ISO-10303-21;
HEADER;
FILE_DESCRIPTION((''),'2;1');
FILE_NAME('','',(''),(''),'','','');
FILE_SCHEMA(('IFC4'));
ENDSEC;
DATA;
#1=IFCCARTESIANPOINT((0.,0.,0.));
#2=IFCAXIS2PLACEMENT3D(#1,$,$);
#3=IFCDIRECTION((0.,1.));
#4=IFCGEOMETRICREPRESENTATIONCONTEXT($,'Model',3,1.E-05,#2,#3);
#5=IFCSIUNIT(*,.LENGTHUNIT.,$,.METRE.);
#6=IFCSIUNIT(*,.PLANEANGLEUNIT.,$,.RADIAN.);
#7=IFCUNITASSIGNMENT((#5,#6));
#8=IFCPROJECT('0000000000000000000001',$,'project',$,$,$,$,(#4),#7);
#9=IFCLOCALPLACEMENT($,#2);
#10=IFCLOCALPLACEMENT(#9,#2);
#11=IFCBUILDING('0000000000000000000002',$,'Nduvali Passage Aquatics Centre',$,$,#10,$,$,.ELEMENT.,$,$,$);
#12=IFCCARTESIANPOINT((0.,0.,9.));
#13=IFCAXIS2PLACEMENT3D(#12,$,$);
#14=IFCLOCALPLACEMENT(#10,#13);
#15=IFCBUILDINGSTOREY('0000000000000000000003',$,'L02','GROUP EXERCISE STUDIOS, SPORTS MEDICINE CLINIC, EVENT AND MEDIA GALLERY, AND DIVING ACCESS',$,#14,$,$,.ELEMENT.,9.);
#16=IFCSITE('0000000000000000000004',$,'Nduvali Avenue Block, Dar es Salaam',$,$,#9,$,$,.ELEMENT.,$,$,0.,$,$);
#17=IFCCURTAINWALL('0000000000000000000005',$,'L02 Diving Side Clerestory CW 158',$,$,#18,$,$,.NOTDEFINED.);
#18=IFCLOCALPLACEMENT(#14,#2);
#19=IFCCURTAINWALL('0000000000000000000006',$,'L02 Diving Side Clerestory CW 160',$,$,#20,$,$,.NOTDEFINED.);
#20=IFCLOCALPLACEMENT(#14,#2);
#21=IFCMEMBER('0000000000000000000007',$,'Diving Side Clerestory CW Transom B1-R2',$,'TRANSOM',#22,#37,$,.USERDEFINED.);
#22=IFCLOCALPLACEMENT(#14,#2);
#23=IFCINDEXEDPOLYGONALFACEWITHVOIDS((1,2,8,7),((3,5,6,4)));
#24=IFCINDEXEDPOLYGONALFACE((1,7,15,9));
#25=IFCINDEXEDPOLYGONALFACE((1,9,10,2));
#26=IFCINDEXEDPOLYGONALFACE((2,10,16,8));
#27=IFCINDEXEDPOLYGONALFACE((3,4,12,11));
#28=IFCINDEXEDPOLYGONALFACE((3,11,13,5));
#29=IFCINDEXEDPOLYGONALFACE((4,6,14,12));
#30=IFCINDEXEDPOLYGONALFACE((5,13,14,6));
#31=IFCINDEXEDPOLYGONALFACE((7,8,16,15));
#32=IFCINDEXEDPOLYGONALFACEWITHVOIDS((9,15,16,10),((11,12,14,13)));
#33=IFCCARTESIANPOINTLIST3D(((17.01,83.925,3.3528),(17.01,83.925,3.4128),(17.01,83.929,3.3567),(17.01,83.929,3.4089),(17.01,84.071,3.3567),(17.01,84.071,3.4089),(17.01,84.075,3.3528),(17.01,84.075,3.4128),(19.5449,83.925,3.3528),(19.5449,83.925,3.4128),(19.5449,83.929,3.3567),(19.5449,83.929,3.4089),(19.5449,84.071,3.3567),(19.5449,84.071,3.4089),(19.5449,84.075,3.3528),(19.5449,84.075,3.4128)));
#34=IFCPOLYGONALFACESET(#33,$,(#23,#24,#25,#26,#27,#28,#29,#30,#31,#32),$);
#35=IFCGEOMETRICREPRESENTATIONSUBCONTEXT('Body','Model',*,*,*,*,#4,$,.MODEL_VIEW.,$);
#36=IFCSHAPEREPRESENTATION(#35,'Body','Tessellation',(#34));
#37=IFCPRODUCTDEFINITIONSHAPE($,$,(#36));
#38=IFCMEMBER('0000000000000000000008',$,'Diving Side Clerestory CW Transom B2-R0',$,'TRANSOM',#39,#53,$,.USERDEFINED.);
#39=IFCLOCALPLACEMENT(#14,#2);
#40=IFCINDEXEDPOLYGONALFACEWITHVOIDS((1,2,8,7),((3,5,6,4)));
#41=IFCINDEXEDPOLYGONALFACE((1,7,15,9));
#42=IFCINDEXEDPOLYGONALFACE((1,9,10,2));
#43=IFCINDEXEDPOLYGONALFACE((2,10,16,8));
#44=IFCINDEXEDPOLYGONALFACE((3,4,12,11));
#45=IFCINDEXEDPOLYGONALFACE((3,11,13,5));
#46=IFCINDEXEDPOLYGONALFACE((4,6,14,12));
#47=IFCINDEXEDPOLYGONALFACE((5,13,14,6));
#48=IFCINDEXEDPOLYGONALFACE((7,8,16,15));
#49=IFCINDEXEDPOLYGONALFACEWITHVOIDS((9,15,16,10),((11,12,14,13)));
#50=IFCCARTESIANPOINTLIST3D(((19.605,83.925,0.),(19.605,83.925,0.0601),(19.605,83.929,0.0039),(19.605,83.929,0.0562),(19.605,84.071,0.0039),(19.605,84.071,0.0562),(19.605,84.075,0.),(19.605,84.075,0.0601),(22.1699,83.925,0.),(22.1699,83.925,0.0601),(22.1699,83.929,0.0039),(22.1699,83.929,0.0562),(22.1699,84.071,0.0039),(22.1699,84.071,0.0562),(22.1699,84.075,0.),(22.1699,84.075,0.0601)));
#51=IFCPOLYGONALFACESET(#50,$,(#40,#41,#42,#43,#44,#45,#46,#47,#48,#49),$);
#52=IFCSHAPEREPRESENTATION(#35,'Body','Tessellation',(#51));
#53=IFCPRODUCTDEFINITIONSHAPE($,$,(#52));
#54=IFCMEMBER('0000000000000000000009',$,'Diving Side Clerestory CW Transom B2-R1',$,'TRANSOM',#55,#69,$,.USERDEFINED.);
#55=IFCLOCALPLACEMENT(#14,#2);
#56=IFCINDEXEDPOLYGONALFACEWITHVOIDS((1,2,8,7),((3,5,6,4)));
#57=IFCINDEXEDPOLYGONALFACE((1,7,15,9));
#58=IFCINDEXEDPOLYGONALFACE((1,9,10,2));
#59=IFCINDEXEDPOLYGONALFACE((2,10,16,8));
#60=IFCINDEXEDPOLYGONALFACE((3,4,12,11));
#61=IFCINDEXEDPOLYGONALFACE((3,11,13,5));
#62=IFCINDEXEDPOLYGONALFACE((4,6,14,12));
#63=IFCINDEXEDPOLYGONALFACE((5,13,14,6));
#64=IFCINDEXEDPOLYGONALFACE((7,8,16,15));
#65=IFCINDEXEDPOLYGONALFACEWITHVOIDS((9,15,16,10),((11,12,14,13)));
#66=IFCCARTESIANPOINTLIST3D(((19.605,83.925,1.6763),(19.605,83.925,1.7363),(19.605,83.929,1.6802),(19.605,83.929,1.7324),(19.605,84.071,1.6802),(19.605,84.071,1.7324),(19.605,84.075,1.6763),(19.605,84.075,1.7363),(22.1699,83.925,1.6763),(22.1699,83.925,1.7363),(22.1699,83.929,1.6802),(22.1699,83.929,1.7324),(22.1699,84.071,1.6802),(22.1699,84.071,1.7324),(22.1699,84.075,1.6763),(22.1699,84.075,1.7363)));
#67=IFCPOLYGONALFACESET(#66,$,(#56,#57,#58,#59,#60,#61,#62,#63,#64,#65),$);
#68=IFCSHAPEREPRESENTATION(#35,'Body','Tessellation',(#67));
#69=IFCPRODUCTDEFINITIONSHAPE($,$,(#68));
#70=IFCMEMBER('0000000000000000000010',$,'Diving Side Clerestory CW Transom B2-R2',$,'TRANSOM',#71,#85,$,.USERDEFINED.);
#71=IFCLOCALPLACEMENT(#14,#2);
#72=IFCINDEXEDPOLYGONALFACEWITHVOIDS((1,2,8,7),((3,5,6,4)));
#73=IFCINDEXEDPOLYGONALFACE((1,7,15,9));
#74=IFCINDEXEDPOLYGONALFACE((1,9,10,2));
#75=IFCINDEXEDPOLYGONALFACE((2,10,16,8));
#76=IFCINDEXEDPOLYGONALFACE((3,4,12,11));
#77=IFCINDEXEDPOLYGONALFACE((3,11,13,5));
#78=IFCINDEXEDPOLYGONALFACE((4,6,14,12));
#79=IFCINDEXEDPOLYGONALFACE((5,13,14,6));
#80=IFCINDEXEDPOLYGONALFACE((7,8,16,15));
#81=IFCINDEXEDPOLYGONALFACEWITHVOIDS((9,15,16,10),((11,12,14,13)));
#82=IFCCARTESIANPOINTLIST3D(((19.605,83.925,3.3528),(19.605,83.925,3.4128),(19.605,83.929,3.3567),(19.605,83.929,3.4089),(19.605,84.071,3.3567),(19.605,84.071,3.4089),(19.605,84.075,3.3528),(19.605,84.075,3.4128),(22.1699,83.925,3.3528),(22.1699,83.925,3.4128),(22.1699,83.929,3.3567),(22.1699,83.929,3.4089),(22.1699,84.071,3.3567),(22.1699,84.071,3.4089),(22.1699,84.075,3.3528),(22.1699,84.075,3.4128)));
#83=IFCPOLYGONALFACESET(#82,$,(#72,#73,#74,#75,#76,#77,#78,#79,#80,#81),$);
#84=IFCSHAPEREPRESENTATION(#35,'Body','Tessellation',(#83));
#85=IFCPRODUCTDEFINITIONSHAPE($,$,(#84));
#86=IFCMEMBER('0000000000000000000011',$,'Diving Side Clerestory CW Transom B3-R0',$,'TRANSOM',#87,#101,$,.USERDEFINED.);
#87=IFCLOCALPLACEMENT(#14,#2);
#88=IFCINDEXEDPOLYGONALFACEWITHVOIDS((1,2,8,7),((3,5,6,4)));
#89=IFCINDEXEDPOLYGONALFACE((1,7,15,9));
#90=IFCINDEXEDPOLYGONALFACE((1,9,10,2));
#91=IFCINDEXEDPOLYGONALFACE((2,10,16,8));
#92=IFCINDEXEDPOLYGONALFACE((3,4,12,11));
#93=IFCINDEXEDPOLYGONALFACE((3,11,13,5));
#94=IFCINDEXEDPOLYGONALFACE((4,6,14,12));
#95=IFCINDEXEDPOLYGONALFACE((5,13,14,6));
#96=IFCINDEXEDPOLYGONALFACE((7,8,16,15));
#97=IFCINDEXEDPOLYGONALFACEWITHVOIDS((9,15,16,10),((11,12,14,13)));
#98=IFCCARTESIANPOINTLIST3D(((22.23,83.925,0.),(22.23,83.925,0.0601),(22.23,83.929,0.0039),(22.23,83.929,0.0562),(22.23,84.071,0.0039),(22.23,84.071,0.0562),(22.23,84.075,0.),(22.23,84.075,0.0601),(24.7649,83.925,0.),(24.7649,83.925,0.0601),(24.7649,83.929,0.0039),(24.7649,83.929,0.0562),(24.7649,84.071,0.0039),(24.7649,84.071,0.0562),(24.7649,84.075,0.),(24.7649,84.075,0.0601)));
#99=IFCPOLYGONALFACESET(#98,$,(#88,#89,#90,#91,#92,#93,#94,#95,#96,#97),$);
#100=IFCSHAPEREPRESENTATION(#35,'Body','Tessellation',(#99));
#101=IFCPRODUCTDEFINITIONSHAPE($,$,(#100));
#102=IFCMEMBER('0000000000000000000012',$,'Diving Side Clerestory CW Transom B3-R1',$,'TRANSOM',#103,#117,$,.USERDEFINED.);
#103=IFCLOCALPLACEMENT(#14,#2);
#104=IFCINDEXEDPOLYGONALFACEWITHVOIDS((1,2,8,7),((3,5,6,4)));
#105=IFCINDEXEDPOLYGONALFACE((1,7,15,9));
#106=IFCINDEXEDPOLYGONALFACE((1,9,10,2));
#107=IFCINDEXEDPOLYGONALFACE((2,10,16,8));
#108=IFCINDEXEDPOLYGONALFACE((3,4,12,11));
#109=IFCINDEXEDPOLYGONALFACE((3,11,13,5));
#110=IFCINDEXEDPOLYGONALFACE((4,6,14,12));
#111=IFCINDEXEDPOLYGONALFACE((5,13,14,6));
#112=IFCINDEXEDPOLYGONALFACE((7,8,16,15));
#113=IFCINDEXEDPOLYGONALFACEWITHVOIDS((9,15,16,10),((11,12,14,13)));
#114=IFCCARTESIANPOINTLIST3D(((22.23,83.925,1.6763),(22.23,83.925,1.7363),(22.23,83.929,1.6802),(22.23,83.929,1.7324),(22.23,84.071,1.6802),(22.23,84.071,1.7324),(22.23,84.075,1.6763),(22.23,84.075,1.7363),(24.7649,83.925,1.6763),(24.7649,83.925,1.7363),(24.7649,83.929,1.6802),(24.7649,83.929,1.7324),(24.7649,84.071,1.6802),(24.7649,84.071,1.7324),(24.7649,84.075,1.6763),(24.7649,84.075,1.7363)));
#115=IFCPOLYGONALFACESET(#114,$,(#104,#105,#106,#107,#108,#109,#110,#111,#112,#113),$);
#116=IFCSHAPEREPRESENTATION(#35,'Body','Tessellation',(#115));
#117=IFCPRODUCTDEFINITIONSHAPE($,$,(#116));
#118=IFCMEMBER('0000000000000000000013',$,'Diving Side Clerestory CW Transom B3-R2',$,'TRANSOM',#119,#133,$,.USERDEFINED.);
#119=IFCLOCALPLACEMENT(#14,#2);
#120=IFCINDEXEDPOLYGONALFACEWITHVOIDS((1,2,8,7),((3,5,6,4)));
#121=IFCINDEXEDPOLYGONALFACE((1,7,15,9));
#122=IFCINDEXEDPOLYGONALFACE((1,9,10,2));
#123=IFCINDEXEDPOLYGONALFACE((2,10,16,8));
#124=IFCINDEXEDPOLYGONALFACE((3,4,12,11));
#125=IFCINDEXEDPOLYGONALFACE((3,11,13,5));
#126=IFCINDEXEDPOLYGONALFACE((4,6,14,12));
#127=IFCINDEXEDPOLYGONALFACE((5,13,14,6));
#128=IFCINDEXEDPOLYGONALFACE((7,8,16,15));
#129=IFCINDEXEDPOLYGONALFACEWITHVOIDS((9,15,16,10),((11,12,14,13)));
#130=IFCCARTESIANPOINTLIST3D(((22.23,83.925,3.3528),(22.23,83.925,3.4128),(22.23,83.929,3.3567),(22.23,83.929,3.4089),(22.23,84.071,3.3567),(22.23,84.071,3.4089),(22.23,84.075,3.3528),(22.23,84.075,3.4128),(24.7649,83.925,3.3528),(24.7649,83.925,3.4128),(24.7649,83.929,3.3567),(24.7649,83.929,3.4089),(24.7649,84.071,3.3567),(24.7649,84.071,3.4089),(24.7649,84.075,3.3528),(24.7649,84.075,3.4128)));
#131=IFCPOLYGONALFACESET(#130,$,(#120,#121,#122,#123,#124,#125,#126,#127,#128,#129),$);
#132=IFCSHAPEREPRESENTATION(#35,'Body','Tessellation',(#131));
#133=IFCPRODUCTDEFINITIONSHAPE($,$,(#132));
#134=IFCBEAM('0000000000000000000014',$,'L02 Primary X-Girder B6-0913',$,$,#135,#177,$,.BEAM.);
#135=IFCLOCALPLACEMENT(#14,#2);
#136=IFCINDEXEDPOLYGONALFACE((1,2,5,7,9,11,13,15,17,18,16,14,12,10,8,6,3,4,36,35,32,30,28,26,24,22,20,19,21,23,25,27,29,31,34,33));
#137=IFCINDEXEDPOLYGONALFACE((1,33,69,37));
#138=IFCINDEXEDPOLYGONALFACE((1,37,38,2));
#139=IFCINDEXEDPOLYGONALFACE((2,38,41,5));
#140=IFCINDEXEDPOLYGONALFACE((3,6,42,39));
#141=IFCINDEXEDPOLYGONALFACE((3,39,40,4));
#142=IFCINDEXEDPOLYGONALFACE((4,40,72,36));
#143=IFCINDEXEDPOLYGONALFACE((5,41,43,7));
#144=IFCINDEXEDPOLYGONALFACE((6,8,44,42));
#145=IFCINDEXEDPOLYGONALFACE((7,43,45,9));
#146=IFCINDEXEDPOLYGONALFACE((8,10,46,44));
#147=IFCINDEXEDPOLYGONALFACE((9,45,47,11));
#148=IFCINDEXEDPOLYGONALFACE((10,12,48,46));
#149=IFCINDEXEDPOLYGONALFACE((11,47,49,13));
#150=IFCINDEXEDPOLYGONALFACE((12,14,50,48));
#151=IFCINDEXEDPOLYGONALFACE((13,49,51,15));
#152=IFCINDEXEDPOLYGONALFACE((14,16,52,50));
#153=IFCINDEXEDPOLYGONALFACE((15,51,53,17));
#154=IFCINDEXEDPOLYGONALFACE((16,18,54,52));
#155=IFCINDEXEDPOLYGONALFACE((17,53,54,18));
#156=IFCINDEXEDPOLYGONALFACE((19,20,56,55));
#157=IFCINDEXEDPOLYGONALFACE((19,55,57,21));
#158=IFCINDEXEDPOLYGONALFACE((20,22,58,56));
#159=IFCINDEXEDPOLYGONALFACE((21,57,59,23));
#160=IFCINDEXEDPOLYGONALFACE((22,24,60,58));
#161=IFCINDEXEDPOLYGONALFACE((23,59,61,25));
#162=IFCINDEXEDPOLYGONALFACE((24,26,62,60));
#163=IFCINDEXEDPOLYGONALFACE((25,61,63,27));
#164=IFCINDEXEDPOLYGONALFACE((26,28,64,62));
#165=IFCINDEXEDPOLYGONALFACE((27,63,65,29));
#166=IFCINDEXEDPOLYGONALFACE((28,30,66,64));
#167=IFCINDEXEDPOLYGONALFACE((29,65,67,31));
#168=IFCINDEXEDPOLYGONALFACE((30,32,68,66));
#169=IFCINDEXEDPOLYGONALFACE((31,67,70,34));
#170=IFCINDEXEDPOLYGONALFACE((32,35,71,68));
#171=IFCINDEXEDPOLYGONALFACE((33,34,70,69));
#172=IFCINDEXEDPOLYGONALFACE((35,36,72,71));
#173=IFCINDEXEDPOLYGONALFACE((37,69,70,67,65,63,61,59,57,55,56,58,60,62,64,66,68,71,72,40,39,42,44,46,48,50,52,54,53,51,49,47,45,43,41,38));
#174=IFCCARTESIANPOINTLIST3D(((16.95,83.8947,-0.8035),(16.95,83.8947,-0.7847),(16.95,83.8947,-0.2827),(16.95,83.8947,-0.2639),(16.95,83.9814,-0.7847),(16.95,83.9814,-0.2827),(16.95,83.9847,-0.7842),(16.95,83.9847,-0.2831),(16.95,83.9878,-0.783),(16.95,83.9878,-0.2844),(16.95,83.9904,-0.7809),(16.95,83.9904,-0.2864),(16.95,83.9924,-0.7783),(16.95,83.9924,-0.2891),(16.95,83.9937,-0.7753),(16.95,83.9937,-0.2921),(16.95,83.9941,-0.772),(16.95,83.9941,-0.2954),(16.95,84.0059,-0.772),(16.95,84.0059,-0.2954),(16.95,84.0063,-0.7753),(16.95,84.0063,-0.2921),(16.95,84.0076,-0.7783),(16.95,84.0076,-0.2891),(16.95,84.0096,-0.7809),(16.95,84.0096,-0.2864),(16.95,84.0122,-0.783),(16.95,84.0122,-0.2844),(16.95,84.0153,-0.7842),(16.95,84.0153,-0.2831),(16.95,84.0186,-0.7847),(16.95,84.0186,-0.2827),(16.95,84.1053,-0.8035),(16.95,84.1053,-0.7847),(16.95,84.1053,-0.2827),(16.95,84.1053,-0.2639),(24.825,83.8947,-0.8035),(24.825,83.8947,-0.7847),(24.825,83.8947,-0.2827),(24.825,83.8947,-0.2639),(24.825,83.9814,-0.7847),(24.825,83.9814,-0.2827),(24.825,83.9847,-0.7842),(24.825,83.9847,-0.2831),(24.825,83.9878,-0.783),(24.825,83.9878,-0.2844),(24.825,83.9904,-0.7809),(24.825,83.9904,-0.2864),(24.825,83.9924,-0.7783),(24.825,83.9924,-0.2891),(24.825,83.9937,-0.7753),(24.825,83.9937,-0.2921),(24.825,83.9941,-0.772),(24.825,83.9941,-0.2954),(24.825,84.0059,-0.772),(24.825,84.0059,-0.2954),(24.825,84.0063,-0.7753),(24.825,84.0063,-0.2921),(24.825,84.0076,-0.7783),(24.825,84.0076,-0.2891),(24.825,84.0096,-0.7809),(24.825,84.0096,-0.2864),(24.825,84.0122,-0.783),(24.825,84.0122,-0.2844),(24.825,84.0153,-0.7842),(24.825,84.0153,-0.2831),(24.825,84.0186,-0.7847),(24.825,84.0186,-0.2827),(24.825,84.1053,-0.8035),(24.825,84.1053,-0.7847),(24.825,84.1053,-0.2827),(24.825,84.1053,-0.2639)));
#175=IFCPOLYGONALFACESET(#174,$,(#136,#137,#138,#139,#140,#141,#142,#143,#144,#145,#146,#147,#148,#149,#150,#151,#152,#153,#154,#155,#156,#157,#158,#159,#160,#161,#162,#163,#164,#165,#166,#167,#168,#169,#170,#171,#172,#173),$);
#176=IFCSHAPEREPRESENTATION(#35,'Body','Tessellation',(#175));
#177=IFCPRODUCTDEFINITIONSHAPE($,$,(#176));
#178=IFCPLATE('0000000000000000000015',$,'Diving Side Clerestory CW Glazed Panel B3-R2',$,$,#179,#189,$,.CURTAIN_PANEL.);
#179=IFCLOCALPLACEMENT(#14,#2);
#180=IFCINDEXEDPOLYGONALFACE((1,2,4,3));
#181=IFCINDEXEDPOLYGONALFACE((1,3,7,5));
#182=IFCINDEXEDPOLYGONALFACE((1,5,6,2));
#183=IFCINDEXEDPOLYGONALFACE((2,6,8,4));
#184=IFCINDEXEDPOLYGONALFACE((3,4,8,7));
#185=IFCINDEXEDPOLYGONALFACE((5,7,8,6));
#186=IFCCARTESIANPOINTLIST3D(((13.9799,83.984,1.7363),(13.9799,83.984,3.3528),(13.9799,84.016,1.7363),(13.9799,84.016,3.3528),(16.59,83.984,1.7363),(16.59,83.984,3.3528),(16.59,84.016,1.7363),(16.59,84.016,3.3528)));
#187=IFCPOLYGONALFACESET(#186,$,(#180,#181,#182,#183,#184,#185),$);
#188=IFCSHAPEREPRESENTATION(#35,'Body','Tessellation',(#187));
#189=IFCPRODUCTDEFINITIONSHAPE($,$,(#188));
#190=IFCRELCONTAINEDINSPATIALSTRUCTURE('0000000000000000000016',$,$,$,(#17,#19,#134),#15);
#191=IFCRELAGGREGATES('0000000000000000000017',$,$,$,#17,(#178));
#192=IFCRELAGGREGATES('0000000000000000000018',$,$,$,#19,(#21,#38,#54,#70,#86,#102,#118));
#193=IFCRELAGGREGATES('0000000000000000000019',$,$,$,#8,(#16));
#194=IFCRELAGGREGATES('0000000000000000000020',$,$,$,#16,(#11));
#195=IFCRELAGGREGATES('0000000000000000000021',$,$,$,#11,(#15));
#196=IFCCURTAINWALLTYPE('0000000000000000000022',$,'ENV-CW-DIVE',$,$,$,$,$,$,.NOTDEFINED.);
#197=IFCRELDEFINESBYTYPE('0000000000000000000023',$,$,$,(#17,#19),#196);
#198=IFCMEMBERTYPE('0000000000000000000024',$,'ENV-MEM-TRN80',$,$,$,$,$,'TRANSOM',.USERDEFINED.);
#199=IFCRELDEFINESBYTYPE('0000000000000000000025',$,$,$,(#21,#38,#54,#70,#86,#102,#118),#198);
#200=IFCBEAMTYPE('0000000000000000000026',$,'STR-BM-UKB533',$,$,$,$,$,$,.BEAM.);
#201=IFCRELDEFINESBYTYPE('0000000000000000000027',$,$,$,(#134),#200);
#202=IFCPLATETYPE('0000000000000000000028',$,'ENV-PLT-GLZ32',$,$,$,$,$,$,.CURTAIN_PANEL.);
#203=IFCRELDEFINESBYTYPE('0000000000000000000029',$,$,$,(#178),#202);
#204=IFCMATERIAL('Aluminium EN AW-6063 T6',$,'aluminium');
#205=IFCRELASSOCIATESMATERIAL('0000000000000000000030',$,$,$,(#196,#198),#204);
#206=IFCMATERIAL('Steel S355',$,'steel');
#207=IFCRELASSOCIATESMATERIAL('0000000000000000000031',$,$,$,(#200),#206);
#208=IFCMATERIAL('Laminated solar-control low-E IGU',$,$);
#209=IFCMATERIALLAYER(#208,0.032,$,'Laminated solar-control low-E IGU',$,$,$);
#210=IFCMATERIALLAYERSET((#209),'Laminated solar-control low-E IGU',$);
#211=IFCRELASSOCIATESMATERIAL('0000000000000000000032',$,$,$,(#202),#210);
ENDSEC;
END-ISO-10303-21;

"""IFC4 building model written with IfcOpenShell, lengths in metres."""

from ifc_helpers import new_model, si_unit, direction, frame, origin, origin_2d, place, context, subcontext, project, spatial, rectangle, hollow_rectangle, i_section, extrude, material, layer, layer_set, material_profile, profile_set, type_object, element, aggregate, save


model = new_model("IFC4")

# Units and contexts
model_context = context("Model", 3, precision=1e-05, world=origin(), true_north=direction((0.0, 1.0)))
body_context = subcontext(model_context, "Body", "Model", "MODEL_VIEW")
ifc_project = project(units=[si_unit("LENGTHUNIT", "METRE"), si_unit("PLANEANGLEUNIT", "RADIAN")], contexts=[model_context])

# Site, building, storey
site_placement = place(None, origin())
site = spatial("IfcSite", under=ifc_project, at=site_placement, Name="Nduvali Avenue Block, Dar es Salaam", CompositionType="ELEMENT", RefElevation=0.0)
building_placement = place(site_placement, origin())
building = spatial("IfcBuilding", under=site, at=building_placement, Name="Nduvali Passage Aquatics Centre", CompositionType="ELEMENT")
storey_placement = place(building_placement, frame((0.0, 0.0, 9.0)))
storey = spatial("IfcBuildingStorey", under=building, at=storey_placement, Name="L02", Description="GROUP EXERCISE STUDIOS, SPORTS MEDICINE CLINIC, EVENT AND MEDIA GALLERY, AND DIVING ACCESS", CompositionType="ELEMENT", Elevation=9.0)

# Shared definitions
ifc_material_1 = material(Name="Steel S355", Category="steel")

# Curtain wall
ifc_material_2 = material(Name="Aluminium EN AW-6063 T6", Category="aluminium")
curtain_wall_type = type_object("IfcCurtainWallType", Name="ENV-CW-DIVE", PredefinedType="NOTDEFINED", material=ifc_material_2)
curtain_wall_1_placement = place(storey_placement, origin())
curtain_wall_1 = element("IfcCurtainWall", 1, at=curtain_wall_1_placement, inside=storey, type_object=curtain_wall_type, Name="L02 Diving Side Clerestory CW 158", PredefinedType="NOTDEFINED")

# Curtain wall, members
curtain_wall_2_placement = place(storey_placement, origin())
curtain_wall_2 = element("IfcCurtainWall", 2, at=curtain_wall_2_placement, inside=storey, type_object=curtain_wall_type, Name="L02 Diving Side Clerestory CW 160", PredefinedType="NOTDEFINED")
ifc_material_profile_1 = material_profile(ifc_material_2, hollow_rectangle(XDim=0.1499, YDim=0.0601, WallThickness=0.0039, at=origin_2d()), Name="ALU TRANSOM 150x60x4")
ifc_profile_set_1 = profile_set([ifc_material_profile_1], Name="Aluminium EN AW-6063 T6")
member_type_1 = type_object("IfcMemberType", Name="ENV-MEM-TRN80", ElementType="TRANSOM", PredefinedType="USERDEFINED", material=ifc_profile_set_1)
member_1_placement = place(storey_placement, frame((17.01, 84.0, 3.3828), z_axis=(1.0, 0.0, 0.0), x_axis=(0.0, 1.0, 0.0)))
member_1 = element("IfcMember", 3, at=member_1_placement, type_object=member_type_1, Name="Diving Side Clerestory CW Transom B1-R2", ObjectType="TRANSOM", PredefinedType="USERDEFINED", context=body_context, shape_type="SweptSolid", body=[
    extrude(hollow_rectangle(XDim=0.1499, YDim=0.0601, WallThickness=0.0039, at=origin_2d()), origin(), (0.0, 0.0, 1.0), 2.5349),
])
member_2_placement = place(storey_placement, frame((19.605, 84.0, 0.03), z_axis=(1.0, 0.0, 0.0), x_axis=(0.0, 1.0, 0.0)))
member_2 = element("IfcMember", 4, at=member_2_placement, type_object=member_type_1, Name="Diving Side Clerestory CW Transom B2-R0", ObjectType="TRANSOM", PredefinedType="USERDEFINED", context=body_context, shape_type="SweptSolid", body=[
    extrude(hollow_rectangle(XDim=0.1499, YDim=0.0601, WallThickness=0.0039, at=origin_2d()), origin(), (0.0, 0.0, 1.0), 2.5649),
])
member_3_placement = place(storey_placement, frame((19.605, 84.0, 1.7063), z_axis=(1.0, 0.0, 0.0), x_axis=(0.0, 1.0, 0.0)))
member_3 = element("IfcMember", 5, at=member_3_placement, type_object=member_type_1, Name="Diving Side Clerestory CW Transom B2-R1", ObjectType="TRANSOM", PredefinedType="USERDEFINED", context=body_context, shape_type="SweptSolid", body=[
    extrude(hollow_rectangle(XDim=0.1499, YDim=0.0601, WallThickness=0.0039, at=origin_2d()), origin(), (0.0, 0.0, 1.0), 2.5649),
])
member_4_placement = place(storey_placement, frame((19.605, 84.0, 3.3828), z_axis=(1.0, 0.0, 0.0), x_axis=(0.0, 1.0, 0.0)))
member_4 = element("IfcMember", 6, at=member_4_placement, type_object=member_type_1, Name="Diving Side Clerestory CW Transom B2-R2", ObjectType="TRANSOM", PredefinedType="USERDEFINED", context=body_context, shape_type="SweptSolid", body=[
    extrude(hollow_rectangle(XDim=0.1499, YDim=0.0601, WallThickness=0.0039, at=origin_2d()), origin(), (0.0, 0.0, 1.0), 2.5649),
])
member_5_placement = place(storey_placement, frame((22.23, 84.0, 0.03), z_axis=(1.0, 0.0, 0.0), x_axis=(0.0, 1.0, 0.0)))
member_5 = element("IfcMember", 7, at=member_5_placement, type_object=member_type_1, Name="Diving Side Clerestory CW Transom B3-R0", ObjectType="TRANSOM", PredefinedType="USERDEFINED", context=body_context, shape_type="SweptSolid", body=[
    extrude(hollow_rectangle(XDim=0.1499, YDim=0.0601, WallThickness=0.0039, at=origin_2d()), origin(), (0.0, 0.0, 1.0), 2.5349),
])
member_6_placement = place(storey_placement, frame((22.23, 84.0, 1.7063), z_axis=(1.0, 0.0, 0.0), x_axis=(0.0, 1.0, 0.0)))
member_6 = element("IfcMember", 8, at=member_6_placement, type_object=member_type_1, Name="Diving Side Clerestory CW Transom B3-R1", ObjectType="TRANSOM", PredefinedType="USERDEFINED", context=body_context, shape_type="SweptSolid", body=[
    extrude(hollow_rectangle(XDim=0.1499, YDim=0.0601, WallThickness=0.0039, at=origin_2d()), origin(), (0.0, 0.0, 1.0), 2.5349),
])
member_7_placement = place(storey_placement, frame((22.23, 84.0, 3.3828), z_axis=(1.0, 0.0, 0.0), x_axis=(0.0, 1.0, 0.0)))
member_7 = element("IfcMember", 9, at=member_7_placement, type_object=member_type_1, Name="Diving Side Clerestory CW Transom B3-R2", ObjectType="TRANSOM", PredefinedType="USERDEFINED", context=body_context, shape_type="SweptSolid", body=[
    extrude(hollow_rectangle(XDim=0.1499, YDim=0.0601, WallThickness=0.0039, at=origin_2d()), origin(), (0.0, 0.0, 1.0), 2.5349),
])

# Beam
ifc_material_profile_2 = material_profile(ifc_material_1, i_section(OverallWidth=0.2107, OverallDepth=0.5396, WebThickness=0.0117, FlangeThickness=0.0188, FilletRadius=0.0127, at=origin_2d()), Name="UKB 533x210x109")
ifc_profile_set_2 = profile_set([ifc_material_profile_2], Name="Steel S355")
beam_type = type_object("IfcBeamType", Name="STR-BM-UKB533", PredefinedType="BEAM", material=ifc_profile_set_2)
beam_placement = place(storey_placement, frame((16.95, 84.0, -0.5337), z_axis=(1.0, 0.0, 0.0), x_axis=(0.0, 1.0, 0.0)))
element("IfcBeam", 10, at=beam_placement, inside=storey, type_object=beam_type, Name="L02 Primary X-Girder B6-0913", PredefinedType="BEAM", context=body_context, shape_type="SweptSolid", body=[
    extrude(i_section(OverallWidth=0.2107, OverallDepth=0.5396, WebThickness=0.0117, FlangeThickness=0.0188, FilletRadius=0.0127, at=origin_2d()), origin(), (0.0, 0.0, 1.0), 7.875),
])

# Plate
ifc_material_3 = material(Name="Laminated solar-control low-E IGU")
ifc_layer = layer(ifc_material_3, 0.032, Name="Laminated solar-control low-E IGU")
ifc_layer_set = layer_set([ifc_layer], Name="Laminated solar-control low-E IGU")
plate_type = type_object("IfcPlateType", Name="ENV-PLT-GLZ32", PredefinedType="CURTAIN_PANEL", material=ifc_layer_set)
plate_1_placement = place(storey_placement, frame((15.2849, 84.0, 1.7363), z_axis=(0.0, 0.0, 1.0), x_axis=(1.0, 0.0, 0.0)))
plate_1 = element("IfcPlate", 11, at=plate_1_placement, type_object=plate_type, Name="Diving Side Clerestory CW Glazed Panel B3-R2", PredefinedType="CURTAIN_PANEL", context=body_context, shape_type="SweptSolid", body=[
    extrude(rectangle(XDim=2.6101, YDim=0.032, at=origin_2d()), origin(), (0.0, 0.0, 1.0), 1.6165),
])
aggregate(curtain_wall_1, [plate_1])
aggregate(curtain_wall_2, [member_1, member_2, member_3, member_4, member_5, member_6, member_7])

save(model, "model.ifc")
